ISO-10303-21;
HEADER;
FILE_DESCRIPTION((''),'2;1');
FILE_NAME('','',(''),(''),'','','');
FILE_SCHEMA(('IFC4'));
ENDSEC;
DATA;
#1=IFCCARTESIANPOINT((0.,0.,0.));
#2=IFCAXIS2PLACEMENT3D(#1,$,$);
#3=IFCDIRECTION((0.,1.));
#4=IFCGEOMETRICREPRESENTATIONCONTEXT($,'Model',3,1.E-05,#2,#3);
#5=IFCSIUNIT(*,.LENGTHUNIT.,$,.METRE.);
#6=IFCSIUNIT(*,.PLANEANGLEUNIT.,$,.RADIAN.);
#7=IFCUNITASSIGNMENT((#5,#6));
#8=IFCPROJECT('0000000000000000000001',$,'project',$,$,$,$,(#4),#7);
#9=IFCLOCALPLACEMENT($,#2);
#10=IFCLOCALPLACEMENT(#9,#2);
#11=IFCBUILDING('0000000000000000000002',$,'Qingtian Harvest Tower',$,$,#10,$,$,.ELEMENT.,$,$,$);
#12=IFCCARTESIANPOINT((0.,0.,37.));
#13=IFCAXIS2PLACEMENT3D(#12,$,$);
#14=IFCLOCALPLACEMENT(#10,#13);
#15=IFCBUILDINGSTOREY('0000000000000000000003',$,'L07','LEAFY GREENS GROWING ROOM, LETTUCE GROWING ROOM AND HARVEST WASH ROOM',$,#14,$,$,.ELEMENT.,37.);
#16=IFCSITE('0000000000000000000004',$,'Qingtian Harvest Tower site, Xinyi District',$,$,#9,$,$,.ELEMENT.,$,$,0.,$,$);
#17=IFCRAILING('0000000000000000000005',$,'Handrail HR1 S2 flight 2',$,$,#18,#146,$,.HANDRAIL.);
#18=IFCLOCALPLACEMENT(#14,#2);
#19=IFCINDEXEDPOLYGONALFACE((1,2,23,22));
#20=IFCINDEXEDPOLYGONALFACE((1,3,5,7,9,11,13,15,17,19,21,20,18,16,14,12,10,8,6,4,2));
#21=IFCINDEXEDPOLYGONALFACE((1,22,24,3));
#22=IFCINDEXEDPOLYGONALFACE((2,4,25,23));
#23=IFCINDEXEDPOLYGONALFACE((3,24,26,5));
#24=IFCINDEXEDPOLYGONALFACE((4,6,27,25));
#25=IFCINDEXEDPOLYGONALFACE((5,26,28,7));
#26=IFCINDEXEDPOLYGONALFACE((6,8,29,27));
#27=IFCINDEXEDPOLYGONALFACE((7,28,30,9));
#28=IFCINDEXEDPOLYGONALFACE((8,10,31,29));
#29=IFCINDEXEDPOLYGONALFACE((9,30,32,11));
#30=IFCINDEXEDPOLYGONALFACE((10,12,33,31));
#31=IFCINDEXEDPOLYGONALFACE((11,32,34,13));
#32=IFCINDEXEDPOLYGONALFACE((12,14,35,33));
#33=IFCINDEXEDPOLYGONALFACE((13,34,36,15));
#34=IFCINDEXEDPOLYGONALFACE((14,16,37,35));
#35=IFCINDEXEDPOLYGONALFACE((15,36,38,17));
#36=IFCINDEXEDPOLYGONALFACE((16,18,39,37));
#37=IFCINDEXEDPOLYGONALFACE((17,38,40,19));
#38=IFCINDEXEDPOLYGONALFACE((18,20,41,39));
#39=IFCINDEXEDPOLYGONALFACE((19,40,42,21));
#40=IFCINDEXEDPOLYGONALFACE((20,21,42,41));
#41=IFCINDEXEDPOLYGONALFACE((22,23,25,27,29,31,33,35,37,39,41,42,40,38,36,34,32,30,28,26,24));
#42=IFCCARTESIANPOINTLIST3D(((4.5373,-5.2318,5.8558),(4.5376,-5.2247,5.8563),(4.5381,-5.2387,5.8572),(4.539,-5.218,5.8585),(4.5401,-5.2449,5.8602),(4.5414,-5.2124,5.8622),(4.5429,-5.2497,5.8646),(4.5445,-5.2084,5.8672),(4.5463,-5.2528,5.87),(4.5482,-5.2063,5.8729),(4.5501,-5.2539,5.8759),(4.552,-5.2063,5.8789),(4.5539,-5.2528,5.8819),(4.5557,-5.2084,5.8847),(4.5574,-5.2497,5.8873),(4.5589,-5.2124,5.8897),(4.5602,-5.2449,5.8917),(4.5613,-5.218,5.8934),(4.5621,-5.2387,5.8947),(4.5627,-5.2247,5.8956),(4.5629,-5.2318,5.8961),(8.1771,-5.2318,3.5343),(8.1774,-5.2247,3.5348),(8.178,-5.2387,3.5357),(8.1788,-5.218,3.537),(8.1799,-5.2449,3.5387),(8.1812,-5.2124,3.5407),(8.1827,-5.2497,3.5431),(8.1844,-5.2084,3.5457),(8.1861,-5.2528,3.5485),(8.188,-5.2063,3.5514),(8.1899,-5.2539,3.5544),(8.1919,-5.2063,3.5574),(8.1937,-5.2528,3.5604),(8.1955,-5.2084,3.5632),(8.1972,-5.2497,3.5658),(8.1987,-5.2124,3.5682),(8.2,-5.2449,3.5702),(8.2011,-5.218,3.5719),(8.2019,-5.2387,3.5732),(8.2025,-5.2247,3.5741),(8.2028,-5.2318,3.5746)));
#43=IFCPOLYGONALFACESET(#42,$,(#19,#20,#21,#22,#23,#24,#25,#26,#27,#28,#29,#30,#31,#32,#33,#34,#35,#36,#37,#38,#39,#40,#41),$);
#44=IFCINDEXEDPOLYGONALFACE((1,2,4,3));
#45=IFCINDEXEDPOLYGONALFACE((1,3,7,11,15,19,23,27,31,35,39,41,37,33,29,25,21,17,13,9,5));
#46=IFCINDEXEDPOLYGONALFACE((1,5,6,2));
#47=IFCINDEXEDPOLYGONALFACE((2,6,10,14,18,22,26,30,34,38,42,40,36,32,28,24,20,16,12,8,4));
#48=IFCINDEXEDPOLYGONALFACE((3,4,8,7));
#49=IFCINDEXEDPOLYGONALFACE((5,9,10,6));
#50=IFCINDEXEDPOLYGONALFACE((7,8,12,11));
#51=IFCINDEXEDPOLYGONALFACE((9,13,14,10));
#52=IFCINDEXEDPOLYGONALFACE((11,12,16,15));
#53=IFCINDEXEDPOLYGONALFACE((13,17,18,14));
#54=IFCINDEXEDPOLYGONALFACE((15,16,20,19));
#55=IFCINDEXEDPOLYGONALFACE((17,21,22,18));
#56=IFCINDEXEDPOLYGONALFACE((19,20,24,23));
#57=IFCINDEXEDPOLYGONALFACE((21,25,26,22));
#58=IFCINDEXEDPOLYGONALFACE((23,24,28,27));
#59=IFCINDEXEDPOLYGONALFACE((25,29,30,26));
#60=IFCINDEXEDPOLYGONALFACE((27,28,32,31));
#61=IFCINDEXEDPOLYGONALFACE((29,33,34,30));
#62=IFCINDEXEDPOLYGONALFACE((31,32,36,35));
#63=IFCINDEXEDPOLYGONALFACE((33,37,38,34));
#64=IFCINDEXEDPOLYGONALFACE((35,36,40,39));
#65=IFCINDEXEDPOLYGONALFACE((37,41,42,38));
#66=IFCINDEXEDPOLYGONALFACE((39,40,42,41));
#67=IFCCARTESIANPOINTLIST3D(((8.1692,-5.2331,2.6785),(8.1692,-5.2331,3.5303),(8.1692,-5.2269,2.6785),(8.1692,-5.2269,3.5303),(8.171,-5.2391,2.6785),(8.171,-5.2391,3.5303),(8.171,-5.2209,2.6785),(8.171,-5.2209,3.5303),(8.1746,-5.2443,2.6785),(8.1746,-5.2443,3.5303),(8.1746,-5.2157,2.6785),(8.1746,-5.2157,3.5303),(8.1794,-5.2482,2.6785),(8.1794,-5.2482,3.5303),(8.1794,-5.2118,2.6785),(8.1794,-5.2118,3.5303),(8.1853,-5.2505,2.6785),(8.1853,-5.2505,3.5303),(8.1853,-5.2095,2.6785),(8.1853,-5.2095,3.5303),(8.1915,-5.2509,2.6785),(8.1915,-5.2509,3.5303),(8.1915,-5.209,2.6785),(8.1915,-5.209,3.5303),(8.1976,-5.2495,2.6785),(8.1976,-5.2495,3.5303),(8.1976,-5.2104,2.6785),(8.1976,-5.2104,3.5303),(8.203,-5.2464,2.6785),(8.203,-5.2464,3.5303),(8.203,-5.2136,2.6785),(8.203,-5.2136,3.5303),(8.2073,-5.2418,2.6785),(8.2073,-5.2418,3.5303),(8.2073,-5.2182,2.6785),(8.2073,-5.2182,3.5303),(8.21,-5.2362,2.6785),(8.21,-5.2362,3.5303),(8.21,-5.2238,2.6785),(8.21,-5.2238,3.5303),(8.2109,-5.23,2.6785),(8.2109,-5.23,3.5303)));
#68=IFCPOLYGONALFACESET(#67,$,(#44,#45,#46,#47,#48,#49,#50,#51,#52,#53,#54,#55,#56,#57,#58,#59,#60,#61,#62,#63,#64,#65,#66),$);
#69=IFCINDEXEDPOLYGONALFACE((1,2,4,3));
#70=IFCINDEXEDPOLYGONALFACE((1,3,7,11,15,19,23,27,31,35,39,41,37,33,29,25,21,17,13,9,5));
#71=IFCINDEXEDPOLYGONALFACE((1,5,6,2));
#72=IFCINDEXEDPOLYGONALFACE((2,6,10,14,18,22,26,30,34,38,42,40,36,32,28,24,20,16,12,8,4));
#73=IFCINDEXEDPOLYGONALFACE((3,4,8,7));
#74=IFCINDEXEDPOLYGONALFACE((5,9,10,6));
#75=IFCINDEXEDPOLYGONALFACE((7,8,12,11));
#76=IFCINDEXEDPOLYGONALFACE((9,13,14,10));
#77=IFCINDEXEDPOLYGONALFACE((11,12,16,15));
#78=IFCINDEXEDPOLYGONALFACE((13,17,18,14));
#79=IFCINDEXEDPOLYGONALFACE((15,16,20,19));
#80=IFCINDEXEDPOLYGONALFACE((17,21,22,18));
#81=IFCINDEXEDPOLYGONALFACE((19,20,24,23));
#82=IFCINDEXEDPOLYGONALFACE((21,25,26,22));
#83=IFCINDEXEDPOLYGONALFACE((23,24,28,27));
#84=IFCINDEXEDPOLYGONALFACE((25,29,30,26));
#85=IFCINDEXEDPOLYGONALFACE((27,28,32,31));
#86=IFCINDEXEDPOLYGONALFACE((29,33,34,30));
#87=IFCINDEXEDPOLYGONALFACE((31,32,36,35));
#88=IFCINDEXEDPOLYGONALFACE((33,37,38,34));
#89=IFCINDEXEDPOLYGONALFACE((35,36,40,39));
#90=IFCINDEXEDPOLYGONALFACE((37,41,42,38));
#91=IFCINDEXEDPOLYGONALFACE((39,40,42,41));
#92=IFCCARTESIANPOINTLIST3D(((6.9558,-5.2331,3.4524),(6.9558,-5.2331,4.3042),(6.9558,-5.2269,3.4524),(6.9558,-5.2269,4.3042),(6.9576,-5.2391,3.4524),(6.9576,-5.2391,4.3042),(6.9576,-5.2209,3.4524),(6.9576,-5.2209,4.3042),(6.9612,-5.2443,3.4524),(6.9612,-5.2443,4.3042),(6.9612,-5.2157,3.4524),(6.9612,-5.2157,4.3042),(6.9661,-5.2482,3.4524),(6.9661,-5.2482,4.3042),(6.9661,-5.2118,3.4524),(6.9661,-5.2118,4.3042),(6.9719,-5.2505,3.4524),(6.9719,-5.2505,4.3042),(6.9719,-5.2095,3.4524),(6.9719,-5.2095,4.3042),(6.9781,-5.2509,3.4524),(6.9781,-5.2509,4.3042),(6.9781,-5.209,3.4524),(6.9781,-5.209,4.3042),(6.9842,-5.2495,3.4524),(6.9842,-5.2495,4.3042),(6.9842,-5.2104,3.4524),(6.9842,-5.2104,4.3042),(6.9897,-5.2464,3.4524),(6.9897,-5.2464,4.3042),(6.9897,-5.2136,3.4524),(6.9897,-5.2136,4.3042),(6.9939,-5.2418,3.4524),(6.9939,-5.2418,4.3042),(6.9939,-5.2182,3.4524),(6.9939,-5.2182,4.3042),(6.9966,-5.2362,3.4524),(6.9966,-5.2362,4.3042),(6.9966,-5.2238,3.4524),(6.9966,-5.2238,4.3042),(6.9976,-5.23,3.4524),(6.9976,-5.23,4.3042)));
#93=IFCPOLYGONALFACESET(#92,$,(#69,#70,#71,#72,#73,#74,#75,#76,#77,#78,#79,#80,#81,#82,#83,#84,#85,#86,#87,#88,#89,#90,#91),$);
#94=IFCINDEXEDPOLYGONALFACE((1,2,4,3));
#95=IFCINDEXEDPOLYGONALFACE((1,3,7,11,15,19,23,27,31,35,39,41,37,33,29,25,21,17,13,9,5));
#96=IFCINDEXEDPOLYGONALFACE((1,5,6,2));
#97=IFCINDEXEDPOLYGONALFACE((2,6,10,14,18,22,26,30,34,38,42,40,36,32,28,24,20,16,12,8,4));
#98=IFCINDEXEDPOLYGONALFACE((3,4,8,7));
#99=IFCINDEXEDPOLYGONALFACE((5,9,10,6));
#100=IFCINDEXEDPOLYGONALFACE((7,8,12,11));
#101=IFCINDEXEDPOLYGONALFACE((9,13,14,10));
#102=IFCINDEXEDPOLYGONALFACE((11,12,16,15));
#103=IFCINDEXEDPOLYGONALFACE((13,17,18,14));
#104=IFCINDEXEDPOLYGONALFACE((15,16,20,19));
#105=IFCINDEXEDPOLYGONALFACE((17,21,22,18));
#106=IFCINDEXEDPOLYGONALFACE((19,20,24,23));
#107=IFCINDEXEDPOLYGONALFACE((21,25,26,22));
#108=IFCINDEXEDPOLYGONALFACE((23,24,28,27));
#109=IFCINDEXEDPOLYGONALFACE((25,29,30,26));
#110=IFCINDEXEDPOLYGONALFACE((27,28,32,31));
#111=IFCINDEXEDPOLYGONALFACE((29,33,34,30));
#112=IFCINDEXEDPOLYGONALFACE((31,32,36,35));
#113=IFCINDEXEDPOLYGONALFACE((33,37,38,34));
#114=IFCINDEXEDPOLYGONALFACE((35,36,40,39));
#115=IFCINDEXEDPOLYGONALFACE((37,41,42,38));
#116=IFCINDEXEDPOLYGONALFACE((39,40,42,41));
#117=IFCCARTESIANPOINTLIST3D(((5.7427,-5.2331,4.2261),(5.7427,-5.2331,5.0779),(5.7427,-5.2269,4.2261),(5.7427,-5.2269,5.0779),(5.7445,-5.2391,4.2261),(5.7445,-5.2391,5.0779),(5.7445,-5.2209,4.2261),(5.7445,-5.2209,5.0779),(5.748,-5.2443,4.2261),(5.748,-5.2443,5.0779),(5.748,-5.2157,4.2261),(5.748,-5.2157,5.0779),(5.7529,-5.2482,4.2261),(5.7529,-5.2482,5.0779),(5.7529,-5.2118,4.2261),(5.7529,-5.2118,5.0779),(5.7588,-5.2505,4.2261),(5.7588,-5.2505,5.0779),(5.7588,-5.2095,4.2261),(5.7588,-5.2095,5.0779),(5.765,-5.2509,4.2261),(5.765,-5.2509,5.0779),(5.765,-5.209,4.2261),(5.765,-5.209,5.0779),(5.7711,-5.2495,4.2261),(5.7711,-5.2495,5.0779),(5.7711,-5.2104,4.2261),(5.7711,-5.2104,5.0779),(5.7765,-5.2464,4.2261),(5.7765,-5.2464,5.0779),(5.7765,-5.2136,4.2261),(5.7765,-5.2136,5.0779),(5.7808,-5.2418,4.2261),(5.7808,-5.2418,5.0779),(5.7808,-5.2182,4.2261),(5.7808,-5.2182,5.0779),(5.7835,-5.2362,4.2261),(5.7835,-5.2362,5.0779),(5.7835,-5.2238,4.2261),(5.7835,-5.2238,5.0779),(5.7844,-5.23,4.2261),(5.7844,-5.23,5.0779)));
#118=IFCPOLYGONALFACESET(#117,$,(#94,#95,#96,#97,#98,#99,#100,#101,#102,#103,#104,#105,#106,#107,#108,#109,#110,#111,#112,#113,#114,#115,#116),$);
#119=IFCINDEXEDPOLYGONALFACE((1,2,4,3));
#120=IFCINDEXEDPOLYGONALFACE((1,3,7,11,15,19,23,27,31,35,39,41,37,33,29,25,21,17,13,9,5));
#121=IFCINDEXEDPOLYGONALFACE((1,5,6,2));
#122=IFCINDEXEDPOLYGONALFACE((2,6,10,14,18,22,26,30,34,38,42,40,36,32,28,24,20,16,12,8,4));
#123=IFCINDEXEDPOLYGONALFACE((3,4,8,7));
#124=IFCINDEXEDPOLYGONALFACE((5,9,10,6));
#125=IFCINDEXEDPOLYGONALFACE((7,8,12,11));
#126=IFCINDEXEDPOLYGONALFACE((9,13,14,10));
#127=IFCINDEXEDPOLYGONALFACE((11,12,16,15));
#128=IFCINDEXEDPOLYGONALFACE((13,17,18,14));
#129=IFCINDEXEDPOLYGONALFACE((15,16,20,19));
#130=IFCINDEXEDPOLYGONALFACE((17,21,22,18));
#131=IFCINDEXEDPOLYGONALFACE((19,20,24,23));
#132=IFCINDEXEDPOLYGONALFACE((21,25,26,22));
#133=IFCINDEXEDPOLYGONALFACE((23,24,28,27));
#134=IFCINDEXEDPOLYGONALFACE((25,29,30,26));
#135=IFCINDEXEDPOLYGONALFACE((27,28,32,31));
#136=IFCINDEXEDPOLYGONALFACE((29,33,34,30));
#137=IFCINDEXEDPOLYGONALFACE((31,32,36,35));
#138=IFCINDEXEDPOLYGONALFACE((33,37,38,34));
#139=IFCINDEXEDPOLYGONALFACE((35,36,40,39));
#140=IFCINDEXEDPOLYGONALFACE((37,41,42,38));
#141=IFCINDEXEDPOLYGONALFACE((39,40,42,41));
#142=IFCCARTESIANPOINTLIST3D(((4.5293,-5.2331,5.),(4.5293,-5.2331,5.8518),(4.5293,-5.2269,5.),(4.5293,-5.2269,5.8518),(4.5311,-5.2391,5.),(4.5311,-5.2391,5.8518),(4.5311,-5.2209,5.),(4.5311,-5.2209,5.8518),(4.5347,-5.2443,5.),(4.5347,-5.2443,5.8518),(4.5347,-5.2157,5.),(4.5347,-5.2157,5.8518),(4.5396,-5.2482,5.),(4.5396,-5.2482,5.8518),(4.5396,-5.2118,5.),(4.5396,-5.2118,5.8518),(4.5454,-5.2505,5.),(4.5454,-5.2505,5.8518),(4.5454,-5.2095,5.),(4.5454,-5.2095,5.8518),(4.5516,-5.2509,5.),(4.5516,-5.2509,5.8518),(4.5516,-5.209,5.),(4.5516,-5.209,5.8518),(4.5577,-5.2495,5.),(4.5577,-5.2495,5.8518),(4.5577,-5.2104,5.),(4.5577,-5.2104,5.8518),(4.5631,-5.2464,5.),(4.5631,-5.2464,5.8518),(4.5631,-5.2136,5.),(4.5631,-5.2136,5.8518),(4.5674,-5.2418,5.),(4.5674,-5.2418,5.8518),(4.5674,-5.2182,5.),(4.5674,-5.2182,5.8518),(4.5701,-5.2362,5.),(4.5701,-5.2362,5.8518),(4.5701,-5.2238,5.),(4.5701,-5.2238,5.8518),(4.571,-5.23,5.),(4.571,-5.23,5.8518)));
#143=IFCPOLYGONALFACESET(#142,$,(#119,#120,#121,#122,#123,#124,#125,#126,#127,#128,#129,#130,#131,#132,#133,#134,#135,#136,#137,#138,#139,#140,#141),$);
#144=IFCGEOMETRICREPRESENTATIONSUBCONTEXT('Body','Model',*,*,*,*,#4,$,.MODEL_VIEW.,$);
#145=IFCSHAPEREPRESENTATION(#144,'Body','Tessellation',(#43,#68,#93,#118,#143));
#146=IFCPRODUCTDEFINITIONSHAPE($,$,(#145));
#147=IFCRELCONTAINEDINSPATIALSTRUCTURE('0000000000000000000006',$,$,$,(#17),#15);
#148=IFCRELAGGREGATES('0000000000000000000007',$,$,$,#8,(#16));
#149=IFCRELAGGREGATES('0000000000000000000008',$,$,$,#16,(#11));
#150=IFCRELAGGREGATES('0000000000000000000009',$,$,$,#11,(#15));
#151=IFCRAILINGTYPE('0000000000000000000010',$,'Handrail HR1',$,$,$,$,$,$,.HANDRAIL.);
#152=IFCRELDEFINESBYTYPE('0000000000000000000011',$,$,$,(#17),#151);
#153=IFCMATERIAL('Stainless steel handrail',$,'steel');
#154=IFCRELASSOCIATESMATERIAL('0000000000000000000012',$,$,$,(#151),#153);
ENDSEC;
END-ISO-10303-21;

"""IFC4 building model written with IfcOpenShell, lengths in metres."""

from ifc_helpers import new_model, si_unit, direction, frame, origin, origin_2d, place, context, subcontext, project, spatial, circle, extrude, material, type_object, element, save


model = new_model("IFC4")

# Units and contexts
model_context = context("Model", 3, precision=1e-05, world=origin(), true_north=direction((0.0, 1.0)))
body_context = subcontext(model_context, "Body", "Model", "MODEL_VIEW")
ifc_project = project(units=[si_unit("LENGTHUNIT", "METRE"), si_unit("PLANEANGLEUNIT", "RADIAN")], contexts=[model_context])

# Site, building, storey
site_placement = place(None, origin())
site = spatial("IfcSite", under=ifc_project, at=site_placement, Name="Qingtian Harvest Tower site, Xinyi District", CompositionType="ELEMENT", RefElevation=0.0)
building_placement = place(site_placement, origin())
building = spatial("IfcBuilding", under=site, at=building_placement, Name="Qingtian Harvest Tower", CompositionType="ELEMENT")
storey_placement = place(building_placement, frame((0.0, 0.0, 37.0)))
storey = spatial("IfcBuildingStorey", under=building, at=storey_placement, Name="L07", Description="LEAFY GREENS GROWING ROOM, LETTUCE GROWING ROOM AND HARVEST WASH ROOM", CompositionType="ELEMENT", Elevation=37.0)

# Railing
ifc_material_1 = material(Name="Stainless steel handrail", Category="steel")
railing_type = type_object("IfcRailingType", Name="Handrail HR1", PredefinedType="HANDRAIL", material=ifc_material_1)
railing_1_placement = place(storey_placement, frame((8.1899, -5.23, 2.6785)))
element("IfcRailing", 1, at=railing_1_placement, inside=storey, type_object=railing_type, Name="Handrail HR1 S2 flight 2", PredefinedType="HANDRAIL", context=body_context, shape_type="SweptSolid", body=[
    extrude(circle(Radius=0.0239, at=origin_2d()), frame((0.0, 0.0, 0.876), z_axis=(-0.843112, 0.0, 0.537739), x_axis=(0.0, -1.0, 0.0)), (0.0, 0.0, 1.0), 4.3171),
    extrude(circle(Radius=0.021, at=origin_2d()), origin(), (0.0, 0.0, 1.0), 0.8518),
    extrude(circle(Radius=0.021, at=origin_2d()), frame((-1.2134, 0.0, 0.7739)), (0.0, 0.0, 1.0), 0.8518),
    extrude(circle(Radius=0.021, at=origin_2d()), frame((-2.4265, 0.0, 1.5476)), (0.0, 0.0, 1.0), 0.8518),
    extrude(circle(Radius=0.021, at=origin_2d()), frame((-3.6399, 0.0, 2.3215)), (0.0, 0.0, 1.0), 0.8518),
])

save(model, "model.ifc")
